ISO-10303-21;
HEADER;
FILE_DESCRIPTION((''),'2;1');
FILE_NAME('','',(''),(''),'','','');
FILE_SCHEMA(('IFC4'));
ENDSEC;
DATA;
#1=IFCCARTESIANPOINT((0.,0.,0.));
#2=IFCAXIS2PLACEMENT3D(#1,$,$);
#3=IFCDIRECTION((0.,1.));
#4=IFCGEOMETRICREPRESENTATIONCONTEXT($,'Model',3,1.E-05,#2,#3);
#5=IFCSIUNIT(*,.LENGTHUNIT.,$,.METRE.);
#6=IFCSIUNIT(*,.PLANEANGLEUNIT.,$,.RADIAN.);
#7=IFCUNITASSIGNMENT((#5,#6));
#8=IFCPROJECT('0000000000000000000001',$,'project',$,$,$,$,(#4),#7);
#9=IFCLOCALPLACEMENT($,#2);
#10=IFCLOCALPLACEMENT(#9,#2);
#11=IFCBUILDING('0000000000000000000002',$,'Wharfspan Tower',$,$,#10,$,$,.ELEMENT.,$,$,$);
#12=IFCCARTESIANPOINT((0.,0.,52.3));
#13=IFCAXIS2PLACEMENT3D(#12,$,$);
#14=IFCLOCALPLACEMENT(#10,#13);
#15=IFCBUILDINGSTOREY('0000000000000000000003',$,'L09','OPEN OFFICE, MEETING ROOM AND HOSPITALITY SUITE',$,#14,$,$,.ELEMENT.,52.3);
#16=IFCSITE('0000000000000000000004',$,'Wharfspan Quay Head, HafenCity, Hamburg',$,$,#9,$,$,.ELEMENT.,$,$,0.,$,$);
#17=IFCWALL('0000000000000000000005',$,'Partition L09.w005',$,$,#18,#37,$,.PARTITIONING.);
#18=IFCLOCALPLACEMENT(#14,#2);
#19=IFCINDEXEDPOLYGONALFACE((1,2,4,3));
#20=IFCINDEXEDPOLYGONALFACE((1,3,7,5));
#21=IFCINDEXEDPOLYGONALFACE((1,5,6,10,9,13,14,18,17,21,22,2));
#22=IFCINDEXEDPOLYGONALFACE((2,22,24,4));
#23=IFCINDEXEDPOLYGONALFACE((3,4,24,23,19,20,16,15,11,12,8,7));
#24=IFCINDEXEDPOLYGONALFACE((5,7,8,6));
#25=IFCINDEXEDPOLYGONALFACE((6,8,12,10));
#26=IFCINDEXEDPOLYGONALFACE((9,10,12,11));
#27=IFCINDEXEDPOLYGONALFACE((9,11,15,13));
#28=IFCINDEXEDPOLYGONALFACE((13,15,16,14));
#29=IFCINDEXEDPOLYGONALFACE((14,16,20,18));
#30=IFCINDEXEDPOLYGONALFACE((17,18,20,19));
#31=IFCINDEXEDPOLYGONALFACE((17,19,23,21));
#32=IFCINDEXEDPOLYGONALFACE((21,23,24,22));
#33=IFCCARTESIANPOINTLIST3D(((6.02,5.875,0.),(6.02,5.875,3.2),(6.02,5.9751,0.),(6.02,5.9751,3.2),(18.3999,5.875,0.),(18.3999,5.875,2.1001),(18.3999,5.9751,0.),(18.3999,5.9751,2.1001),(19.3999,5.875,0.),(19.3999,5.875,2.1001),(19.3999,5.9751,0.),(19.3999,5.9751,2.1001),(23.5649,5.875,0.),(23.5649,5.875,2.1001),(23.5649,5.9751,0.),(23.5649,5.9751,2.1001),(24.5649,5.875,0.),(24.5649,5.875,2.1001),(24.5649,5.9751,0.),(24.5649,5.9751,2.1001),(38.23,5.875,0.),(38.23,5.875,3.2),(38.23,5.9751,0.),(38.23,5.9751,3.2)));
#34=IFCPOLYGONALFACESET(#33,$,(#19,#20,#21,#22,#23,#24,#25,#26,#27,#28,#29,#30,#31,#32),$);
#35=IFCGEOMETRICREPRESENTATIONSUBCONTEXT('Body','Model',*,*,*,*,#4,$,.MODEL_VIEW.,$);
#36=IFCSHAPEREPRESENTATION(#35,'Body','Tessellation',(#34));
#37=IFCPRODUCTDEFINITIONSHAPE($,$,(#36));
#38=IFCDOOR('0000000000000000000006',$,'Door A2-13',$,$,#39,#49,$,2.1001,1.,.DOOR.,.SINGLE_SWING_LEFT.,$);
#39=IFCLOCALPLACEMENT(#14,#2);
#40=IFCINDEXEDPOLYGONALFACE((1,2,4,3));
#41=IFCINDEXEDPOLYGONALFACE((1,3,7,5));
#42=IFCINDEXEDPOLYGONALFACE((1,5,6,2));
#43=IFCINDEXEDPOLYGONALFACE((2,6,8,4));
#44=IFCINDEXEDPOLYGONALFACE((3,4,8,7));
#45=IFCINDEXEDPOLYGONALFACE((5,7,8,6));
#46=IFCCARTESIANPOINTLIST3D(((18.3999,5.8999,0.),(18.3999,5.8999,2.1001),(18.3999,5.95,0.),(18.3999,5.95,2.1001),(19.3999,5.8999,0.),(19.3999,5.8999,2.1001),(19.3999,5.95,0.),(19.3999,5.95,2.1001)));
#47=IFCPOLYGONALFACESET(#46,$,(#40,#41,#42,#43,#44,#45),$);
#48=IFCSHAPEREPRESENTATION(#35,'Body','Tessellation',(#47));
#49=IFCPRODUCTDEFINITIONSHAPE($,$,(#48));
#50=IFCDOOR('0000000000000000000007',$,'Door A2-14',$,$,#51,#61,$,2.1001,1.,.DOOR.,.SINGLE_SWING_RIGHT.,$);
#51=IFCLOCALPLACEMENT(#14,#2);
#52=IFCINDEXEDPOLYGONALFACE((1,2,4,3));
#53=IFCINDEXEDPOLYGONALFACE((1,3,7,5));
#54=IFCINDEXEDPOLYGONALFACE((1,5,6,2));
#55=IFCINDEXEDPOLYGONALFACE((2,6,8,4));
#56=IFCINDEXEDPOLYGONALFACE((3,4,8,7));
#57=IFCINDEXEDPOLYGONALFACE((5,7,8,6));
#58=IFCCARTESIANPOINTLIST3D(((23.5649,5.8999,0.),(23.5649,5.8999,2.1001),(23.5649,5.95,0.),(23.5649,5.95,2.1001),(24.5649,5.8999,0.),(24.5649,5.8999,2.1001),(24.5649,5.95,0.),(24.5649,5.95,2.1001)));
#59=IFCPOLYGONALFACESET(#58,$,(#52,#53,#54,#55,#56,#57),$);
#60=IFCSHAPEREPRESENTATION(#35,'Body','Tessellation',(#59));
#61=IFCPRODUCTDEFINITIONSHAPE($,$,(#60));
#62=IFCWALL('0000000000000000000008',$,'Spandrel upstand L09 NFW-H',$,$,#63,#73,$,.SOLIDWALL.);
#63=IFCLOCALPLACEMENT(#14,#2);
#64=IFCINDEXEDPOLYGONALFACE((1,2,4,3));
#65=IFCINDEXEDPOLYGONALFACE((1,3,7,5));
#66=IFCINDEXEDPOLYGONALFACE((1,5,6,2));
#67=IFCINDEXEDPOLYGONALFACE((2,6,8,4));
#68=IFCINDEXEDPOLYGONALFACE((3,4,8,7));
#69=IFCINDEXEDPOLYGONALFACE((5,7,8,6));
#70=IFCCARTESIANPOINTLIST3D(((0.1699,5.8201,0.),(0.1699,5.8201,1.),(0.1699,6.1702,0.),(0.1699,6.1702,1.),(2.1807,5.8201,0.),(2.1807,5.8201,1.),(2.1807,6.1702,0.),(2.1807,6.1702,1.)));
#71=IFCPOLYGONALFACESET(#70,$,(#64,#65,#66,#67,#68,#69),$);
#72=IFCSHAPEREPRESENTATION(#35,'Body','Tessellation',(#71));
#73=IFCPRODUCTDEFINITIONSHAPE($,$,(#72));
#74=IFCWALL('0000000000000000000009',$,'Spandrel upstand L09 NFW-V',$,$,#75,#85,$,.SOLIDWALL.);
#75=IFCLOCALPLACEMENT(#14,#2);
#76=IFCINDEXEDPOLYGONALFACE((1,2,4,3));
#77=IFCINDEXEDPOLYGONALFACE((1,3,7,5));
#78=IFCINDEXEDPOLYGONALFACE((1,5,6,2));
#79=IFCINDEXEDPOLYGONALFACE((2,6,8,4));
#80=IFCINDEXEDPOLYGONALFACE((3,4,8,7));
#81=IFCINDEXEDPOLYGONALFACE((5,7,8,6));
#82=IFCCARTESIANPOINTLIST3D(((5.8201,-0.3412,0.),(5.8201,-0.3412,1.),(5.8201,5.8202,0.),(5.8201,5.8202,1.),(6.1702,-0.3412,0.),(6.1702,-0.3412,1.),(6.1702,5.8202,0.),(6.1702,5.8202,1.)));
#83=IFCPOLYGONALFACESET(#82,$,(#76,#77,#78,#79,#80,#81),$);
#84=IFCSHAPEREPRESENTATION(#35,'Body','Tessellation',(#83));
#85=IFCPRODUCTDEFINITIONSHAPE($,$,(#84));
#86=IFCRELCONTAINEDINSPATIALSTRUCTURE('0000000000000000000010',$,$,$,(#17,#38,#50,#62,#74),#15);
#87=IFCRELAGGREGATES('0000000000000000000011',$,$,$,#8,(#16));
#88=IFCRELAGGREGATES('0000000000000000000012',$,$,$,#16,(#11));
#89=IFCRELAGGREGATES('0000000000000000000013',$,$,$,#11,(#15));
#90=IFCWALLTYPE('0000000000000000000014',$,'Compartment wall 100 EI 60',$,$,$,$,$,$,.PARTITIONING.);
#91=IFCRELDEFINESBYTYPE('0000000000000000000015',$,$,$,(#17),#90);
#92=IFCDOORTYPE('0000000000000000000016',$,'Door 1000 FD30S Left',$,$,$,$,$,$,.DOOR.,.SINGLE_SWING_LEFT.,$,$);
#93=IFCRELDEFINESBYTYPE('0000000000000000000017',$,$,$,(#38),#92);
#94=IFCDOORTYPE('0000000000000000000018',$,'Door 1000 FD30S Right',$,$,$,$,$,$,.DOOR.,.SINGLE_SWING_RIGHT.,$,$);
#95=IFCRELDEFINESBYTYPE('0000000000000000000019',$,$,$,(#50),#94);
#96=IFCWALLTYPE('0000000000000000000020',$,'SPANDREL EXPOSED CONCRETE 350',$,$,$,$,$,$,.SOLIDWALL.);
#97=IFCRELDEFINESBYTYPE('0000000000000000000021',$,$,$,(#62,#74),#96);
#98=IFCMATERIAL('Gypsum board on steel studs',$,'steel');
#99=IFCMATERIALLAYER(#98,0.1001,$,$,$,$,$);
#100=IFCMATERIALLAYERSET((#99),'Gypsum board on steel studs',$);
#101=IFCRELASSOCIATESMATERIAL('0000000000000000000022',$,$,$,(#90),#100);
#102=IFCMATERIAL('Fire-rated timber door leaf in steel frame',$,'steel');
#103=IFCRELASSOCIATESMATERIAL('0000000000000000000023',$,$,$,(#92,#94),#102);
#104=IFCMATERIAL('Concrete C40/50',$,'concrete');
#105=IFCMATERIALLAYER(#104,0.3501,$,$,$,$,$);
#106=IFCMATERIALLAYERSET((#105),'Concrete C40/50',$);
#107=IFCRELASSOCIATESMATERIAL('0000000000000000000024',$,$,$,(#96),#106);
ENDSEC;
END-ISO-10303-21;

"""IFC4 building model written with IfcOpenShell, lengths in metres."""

from ifc_helpers import new_model, si_unit, direction, frame, frame_2d, origin, place, context, subcontext, project, spatial, rectangle, extrude, material, layer, layer_set, type_object, element, fill, save


model = new_model("IFC4")

# Units and contexts
model_context = context("Model", 3, precision=1e-05, world=origin(), true_north=direction((0.0, 1.0)))
body_context = subcontext(model_context, "Body", "Model", "MODEL_VIEW")
ifc_project = project(units=[si_unit("LENGTHUNIT", "METRE"), si_unit("PLANEANGLEUNIT", "RADIAN")], contexts=[model_context])

# Site, building, storey
site_placement = place(None, origin())
site = spatial("IfcSite", under=ifc_project, at=site_placement, Name="Wharfspan Quay Head, HafenCity, Hamburg", CompositionType="ELEMENT", RefElevation=0.0)
building_placement = place(site_placement, origin())
building = spatial("IfcBuilding", under=site, at=building_placement, Name="Wharfspan Tower", CompositionType="ELEMENT")
storey_placement = place(building_placement, frame((0.0, 0.0, 52.3)))
storey = spatial("IfcBuildingStorey", under=building, at=storey_placement, Name="L09", Description="OPEN OFFICE, MEETING ROOM AND HOSPITALITY SUITE", CompositionType="ELEMENT", Elevation=52.3)

# Shared definitions
ifc_material_1 = material(Name="Concrete C40/50", Category="concrete")

# Wall, openings, doors
ifc_material_2 = material(Name="Gypsum board on steel studs", Category="steel")
ifc_layer_1 = layer(ifc_material_2, 0.1001)
ifc_layer_set_1 = layer_set([ifc_layer_1], Name="Gypsum board on steel studs")
wall_type_1 = type_object("IfcWallType", Name="Compartment wall 100 EI 60", PredefinedType="PARTITIONING", material=ifc_layer_set_1)
ifc_material_3 = material(Name="Fire-rated timber door leaf in steel frame", Category="steel")
door_type_1 = type_object("IfcDoorType", Name="Door 1000 FD30S Left", OperationType="SINGLE_SWING_LEFT", PredefinedType="DOOR", material=ifc_material_3)
door_type_2 = type_object("IfcDoorType", Name="Door 1000 FD30S Right", OperationType="SINGLE_SWING_RIGHT", PredefinedType="DOOR", material=ifc_material_3)
wall_1_placement = place(storey_placement, frame((6.02, 5.925, 0.0), z_axis=(0.0, 0.0, 1.0), x_axis=(1.0, 0.0, 0.0)))
wall_1 = element("IfcWall", 1, at=wall_1_placement, inside=storey, type_object=wall_type_1, Name="Partition L09.w005", PredefinedType="PARTITIONING", context=body_context, shape_type="SweptSolid", body=[
    extrude(rectangle(XDim=32.21, YDim=0.1001, at=frame_2d((16.105, 0.0))), origin(), (0.0, 0.0, 1.0), 3.2),
])
opening_1_placement = place(wall_1_placement, frame((12.3799, 0.0, 0.0)))
opening_1 = element("IfcOpeningElement", 2, at=opening_1_placement, cuts=wall_1, PredefinedType="OPENING", context=body_context, shape_type="SweptSolid", body=[
    extrude(rectangle(XDim=1.0, YDim=2.1001, at=frame_2d((0.5, 1.05))), frame((0.0, 0.0601, 0.0), z_axis=(0.0, -1.0, 0.0), x_axis=(1.0, 0.0, 0.0)), (0.0, 0.0, 1.0), 0.1201),
])
opening_2_placement = place(wall_1_placement, frame((17.5449, 0.0, 0.0)))
opening_2 = element("IfcOpeningElement", 3, at=opening_2_placement, cuts=wall_1, PredefinedType="OPENING", context=body_context, shape_type="SweptSolid", body=[
    extrude(rectangle(XDim=1.0, YDim=2.1001, at=frame_2d((0.5, 1.05))), frame((0.0, 0.0601, 0.0), z_axis=(0.0, -1.0, 0.0), x_axis=(1.0, 0.0, 0.0)), (0.0, 0.0, 1.0), 0.1201),
])
door_1_placement = place(opening_1_placement, origin())
door_1 = element("IfcDoor", 4, at=door_1_placement, inside=storey, type_object=door_type_1, Name="Door A2-13", OperationType="SINGLE_SWING_LEFT", OverallHeight=2.1001, OverallWidth=1.0, PredefinedType="DOOR", context=body_context, shape_type="SweptSolid", body=[
    extrude(rectangle(XDim=1.0, YDim=2.1001, at=frame_2d((0.5, 1.05))), frame((0.0, 0.0249, 0.0), z_axis=(0.0, -1.0, 0.0), x_axis=(1.0, 0.0, 0.0)), (0.0, 0.0, 1.0), 0.05),
])
fill(opening_1, door_1)
door_2_placement = place(opening_2_placement, origin())
door_2 = element("IfcDoor", 5, at=door_2_placement, inside=storey, type_object=door_type_2, Name="Door A2-14", OperationType="SINGLE_SWING_RIGHT", OverallHeight=2.1001, OverallWidth=1.0, PredefinedType="DOOR", context=body_context, shape_type="SweptSolid", body=[
    extrude(rectangle(XDim=1.0, YDim=2.1001, at=frame_2d((0.5, 1.05))), frame((0.0, 0.0249, 0.0), z_axis=(0.0, -1.0, 0.0), x_axis=(1.0, 0.0, 0.0)), (0.0, 0.0, 1.0), 0.05),
])
fill(opening_2, door_2)

# Walls
ifc_layer_2 = layer(ifc_material_1, 0.3501)
ifc_layer_set_2 = layer_set([ifc_layer_2], Name="Concrete C40/50")
wall_type_2 = type_object("IfcWallType", Name="SPANDREL EXPOSED CONCRETE 350", PredefinedType="SOLIDWALL", material=ifc_layer_set_2)
wall_2_placement = place(storey_placement, frame((0.1699, 5.9951, 0.0), z_axis=(0.0, 0.0, 1.0), x_axis=(1.0, 0.0, 0.0)))
element("IfcWall", 6, at=wall_2_placement, inside=storey, type_object=wall_type_2, Name="Spandrel upstand L09 NFW-H", PredefinedType="SOLIDWALL", context=body_context, shape_type="SweptSolid", body=[
    extrude(rectangle(XDim=2.0107, YDim=0.3501, at=frame_2d((1.0054, 0.0))), origin(), (0.0, 0.0, 1.0), 1.0),
])
wall_3_placement = place(storey_placement, frame((5.9951, 5.8201, 0.0), z_axis=(0.0, 0.0, 1.0), x_axis=(0.0, -1.0, 0.0)))
element("IfcWall", 7, at=wall_3_placement, inside=storey, type_object=wall_type_2, Name="Spandrel upstand L09 NFW-V", PredefinedType="SOLIDWALL", context=body_context, shape_type="SweptSolid", body=[
    extrude(rectangle(XDim=6.1614, YDim=0.3501, at=frame_2d((3.0806, 0.0))), origin(), (0.0, 0.0, 1.0), 1.0),
])

save(model, "model.ifc")
